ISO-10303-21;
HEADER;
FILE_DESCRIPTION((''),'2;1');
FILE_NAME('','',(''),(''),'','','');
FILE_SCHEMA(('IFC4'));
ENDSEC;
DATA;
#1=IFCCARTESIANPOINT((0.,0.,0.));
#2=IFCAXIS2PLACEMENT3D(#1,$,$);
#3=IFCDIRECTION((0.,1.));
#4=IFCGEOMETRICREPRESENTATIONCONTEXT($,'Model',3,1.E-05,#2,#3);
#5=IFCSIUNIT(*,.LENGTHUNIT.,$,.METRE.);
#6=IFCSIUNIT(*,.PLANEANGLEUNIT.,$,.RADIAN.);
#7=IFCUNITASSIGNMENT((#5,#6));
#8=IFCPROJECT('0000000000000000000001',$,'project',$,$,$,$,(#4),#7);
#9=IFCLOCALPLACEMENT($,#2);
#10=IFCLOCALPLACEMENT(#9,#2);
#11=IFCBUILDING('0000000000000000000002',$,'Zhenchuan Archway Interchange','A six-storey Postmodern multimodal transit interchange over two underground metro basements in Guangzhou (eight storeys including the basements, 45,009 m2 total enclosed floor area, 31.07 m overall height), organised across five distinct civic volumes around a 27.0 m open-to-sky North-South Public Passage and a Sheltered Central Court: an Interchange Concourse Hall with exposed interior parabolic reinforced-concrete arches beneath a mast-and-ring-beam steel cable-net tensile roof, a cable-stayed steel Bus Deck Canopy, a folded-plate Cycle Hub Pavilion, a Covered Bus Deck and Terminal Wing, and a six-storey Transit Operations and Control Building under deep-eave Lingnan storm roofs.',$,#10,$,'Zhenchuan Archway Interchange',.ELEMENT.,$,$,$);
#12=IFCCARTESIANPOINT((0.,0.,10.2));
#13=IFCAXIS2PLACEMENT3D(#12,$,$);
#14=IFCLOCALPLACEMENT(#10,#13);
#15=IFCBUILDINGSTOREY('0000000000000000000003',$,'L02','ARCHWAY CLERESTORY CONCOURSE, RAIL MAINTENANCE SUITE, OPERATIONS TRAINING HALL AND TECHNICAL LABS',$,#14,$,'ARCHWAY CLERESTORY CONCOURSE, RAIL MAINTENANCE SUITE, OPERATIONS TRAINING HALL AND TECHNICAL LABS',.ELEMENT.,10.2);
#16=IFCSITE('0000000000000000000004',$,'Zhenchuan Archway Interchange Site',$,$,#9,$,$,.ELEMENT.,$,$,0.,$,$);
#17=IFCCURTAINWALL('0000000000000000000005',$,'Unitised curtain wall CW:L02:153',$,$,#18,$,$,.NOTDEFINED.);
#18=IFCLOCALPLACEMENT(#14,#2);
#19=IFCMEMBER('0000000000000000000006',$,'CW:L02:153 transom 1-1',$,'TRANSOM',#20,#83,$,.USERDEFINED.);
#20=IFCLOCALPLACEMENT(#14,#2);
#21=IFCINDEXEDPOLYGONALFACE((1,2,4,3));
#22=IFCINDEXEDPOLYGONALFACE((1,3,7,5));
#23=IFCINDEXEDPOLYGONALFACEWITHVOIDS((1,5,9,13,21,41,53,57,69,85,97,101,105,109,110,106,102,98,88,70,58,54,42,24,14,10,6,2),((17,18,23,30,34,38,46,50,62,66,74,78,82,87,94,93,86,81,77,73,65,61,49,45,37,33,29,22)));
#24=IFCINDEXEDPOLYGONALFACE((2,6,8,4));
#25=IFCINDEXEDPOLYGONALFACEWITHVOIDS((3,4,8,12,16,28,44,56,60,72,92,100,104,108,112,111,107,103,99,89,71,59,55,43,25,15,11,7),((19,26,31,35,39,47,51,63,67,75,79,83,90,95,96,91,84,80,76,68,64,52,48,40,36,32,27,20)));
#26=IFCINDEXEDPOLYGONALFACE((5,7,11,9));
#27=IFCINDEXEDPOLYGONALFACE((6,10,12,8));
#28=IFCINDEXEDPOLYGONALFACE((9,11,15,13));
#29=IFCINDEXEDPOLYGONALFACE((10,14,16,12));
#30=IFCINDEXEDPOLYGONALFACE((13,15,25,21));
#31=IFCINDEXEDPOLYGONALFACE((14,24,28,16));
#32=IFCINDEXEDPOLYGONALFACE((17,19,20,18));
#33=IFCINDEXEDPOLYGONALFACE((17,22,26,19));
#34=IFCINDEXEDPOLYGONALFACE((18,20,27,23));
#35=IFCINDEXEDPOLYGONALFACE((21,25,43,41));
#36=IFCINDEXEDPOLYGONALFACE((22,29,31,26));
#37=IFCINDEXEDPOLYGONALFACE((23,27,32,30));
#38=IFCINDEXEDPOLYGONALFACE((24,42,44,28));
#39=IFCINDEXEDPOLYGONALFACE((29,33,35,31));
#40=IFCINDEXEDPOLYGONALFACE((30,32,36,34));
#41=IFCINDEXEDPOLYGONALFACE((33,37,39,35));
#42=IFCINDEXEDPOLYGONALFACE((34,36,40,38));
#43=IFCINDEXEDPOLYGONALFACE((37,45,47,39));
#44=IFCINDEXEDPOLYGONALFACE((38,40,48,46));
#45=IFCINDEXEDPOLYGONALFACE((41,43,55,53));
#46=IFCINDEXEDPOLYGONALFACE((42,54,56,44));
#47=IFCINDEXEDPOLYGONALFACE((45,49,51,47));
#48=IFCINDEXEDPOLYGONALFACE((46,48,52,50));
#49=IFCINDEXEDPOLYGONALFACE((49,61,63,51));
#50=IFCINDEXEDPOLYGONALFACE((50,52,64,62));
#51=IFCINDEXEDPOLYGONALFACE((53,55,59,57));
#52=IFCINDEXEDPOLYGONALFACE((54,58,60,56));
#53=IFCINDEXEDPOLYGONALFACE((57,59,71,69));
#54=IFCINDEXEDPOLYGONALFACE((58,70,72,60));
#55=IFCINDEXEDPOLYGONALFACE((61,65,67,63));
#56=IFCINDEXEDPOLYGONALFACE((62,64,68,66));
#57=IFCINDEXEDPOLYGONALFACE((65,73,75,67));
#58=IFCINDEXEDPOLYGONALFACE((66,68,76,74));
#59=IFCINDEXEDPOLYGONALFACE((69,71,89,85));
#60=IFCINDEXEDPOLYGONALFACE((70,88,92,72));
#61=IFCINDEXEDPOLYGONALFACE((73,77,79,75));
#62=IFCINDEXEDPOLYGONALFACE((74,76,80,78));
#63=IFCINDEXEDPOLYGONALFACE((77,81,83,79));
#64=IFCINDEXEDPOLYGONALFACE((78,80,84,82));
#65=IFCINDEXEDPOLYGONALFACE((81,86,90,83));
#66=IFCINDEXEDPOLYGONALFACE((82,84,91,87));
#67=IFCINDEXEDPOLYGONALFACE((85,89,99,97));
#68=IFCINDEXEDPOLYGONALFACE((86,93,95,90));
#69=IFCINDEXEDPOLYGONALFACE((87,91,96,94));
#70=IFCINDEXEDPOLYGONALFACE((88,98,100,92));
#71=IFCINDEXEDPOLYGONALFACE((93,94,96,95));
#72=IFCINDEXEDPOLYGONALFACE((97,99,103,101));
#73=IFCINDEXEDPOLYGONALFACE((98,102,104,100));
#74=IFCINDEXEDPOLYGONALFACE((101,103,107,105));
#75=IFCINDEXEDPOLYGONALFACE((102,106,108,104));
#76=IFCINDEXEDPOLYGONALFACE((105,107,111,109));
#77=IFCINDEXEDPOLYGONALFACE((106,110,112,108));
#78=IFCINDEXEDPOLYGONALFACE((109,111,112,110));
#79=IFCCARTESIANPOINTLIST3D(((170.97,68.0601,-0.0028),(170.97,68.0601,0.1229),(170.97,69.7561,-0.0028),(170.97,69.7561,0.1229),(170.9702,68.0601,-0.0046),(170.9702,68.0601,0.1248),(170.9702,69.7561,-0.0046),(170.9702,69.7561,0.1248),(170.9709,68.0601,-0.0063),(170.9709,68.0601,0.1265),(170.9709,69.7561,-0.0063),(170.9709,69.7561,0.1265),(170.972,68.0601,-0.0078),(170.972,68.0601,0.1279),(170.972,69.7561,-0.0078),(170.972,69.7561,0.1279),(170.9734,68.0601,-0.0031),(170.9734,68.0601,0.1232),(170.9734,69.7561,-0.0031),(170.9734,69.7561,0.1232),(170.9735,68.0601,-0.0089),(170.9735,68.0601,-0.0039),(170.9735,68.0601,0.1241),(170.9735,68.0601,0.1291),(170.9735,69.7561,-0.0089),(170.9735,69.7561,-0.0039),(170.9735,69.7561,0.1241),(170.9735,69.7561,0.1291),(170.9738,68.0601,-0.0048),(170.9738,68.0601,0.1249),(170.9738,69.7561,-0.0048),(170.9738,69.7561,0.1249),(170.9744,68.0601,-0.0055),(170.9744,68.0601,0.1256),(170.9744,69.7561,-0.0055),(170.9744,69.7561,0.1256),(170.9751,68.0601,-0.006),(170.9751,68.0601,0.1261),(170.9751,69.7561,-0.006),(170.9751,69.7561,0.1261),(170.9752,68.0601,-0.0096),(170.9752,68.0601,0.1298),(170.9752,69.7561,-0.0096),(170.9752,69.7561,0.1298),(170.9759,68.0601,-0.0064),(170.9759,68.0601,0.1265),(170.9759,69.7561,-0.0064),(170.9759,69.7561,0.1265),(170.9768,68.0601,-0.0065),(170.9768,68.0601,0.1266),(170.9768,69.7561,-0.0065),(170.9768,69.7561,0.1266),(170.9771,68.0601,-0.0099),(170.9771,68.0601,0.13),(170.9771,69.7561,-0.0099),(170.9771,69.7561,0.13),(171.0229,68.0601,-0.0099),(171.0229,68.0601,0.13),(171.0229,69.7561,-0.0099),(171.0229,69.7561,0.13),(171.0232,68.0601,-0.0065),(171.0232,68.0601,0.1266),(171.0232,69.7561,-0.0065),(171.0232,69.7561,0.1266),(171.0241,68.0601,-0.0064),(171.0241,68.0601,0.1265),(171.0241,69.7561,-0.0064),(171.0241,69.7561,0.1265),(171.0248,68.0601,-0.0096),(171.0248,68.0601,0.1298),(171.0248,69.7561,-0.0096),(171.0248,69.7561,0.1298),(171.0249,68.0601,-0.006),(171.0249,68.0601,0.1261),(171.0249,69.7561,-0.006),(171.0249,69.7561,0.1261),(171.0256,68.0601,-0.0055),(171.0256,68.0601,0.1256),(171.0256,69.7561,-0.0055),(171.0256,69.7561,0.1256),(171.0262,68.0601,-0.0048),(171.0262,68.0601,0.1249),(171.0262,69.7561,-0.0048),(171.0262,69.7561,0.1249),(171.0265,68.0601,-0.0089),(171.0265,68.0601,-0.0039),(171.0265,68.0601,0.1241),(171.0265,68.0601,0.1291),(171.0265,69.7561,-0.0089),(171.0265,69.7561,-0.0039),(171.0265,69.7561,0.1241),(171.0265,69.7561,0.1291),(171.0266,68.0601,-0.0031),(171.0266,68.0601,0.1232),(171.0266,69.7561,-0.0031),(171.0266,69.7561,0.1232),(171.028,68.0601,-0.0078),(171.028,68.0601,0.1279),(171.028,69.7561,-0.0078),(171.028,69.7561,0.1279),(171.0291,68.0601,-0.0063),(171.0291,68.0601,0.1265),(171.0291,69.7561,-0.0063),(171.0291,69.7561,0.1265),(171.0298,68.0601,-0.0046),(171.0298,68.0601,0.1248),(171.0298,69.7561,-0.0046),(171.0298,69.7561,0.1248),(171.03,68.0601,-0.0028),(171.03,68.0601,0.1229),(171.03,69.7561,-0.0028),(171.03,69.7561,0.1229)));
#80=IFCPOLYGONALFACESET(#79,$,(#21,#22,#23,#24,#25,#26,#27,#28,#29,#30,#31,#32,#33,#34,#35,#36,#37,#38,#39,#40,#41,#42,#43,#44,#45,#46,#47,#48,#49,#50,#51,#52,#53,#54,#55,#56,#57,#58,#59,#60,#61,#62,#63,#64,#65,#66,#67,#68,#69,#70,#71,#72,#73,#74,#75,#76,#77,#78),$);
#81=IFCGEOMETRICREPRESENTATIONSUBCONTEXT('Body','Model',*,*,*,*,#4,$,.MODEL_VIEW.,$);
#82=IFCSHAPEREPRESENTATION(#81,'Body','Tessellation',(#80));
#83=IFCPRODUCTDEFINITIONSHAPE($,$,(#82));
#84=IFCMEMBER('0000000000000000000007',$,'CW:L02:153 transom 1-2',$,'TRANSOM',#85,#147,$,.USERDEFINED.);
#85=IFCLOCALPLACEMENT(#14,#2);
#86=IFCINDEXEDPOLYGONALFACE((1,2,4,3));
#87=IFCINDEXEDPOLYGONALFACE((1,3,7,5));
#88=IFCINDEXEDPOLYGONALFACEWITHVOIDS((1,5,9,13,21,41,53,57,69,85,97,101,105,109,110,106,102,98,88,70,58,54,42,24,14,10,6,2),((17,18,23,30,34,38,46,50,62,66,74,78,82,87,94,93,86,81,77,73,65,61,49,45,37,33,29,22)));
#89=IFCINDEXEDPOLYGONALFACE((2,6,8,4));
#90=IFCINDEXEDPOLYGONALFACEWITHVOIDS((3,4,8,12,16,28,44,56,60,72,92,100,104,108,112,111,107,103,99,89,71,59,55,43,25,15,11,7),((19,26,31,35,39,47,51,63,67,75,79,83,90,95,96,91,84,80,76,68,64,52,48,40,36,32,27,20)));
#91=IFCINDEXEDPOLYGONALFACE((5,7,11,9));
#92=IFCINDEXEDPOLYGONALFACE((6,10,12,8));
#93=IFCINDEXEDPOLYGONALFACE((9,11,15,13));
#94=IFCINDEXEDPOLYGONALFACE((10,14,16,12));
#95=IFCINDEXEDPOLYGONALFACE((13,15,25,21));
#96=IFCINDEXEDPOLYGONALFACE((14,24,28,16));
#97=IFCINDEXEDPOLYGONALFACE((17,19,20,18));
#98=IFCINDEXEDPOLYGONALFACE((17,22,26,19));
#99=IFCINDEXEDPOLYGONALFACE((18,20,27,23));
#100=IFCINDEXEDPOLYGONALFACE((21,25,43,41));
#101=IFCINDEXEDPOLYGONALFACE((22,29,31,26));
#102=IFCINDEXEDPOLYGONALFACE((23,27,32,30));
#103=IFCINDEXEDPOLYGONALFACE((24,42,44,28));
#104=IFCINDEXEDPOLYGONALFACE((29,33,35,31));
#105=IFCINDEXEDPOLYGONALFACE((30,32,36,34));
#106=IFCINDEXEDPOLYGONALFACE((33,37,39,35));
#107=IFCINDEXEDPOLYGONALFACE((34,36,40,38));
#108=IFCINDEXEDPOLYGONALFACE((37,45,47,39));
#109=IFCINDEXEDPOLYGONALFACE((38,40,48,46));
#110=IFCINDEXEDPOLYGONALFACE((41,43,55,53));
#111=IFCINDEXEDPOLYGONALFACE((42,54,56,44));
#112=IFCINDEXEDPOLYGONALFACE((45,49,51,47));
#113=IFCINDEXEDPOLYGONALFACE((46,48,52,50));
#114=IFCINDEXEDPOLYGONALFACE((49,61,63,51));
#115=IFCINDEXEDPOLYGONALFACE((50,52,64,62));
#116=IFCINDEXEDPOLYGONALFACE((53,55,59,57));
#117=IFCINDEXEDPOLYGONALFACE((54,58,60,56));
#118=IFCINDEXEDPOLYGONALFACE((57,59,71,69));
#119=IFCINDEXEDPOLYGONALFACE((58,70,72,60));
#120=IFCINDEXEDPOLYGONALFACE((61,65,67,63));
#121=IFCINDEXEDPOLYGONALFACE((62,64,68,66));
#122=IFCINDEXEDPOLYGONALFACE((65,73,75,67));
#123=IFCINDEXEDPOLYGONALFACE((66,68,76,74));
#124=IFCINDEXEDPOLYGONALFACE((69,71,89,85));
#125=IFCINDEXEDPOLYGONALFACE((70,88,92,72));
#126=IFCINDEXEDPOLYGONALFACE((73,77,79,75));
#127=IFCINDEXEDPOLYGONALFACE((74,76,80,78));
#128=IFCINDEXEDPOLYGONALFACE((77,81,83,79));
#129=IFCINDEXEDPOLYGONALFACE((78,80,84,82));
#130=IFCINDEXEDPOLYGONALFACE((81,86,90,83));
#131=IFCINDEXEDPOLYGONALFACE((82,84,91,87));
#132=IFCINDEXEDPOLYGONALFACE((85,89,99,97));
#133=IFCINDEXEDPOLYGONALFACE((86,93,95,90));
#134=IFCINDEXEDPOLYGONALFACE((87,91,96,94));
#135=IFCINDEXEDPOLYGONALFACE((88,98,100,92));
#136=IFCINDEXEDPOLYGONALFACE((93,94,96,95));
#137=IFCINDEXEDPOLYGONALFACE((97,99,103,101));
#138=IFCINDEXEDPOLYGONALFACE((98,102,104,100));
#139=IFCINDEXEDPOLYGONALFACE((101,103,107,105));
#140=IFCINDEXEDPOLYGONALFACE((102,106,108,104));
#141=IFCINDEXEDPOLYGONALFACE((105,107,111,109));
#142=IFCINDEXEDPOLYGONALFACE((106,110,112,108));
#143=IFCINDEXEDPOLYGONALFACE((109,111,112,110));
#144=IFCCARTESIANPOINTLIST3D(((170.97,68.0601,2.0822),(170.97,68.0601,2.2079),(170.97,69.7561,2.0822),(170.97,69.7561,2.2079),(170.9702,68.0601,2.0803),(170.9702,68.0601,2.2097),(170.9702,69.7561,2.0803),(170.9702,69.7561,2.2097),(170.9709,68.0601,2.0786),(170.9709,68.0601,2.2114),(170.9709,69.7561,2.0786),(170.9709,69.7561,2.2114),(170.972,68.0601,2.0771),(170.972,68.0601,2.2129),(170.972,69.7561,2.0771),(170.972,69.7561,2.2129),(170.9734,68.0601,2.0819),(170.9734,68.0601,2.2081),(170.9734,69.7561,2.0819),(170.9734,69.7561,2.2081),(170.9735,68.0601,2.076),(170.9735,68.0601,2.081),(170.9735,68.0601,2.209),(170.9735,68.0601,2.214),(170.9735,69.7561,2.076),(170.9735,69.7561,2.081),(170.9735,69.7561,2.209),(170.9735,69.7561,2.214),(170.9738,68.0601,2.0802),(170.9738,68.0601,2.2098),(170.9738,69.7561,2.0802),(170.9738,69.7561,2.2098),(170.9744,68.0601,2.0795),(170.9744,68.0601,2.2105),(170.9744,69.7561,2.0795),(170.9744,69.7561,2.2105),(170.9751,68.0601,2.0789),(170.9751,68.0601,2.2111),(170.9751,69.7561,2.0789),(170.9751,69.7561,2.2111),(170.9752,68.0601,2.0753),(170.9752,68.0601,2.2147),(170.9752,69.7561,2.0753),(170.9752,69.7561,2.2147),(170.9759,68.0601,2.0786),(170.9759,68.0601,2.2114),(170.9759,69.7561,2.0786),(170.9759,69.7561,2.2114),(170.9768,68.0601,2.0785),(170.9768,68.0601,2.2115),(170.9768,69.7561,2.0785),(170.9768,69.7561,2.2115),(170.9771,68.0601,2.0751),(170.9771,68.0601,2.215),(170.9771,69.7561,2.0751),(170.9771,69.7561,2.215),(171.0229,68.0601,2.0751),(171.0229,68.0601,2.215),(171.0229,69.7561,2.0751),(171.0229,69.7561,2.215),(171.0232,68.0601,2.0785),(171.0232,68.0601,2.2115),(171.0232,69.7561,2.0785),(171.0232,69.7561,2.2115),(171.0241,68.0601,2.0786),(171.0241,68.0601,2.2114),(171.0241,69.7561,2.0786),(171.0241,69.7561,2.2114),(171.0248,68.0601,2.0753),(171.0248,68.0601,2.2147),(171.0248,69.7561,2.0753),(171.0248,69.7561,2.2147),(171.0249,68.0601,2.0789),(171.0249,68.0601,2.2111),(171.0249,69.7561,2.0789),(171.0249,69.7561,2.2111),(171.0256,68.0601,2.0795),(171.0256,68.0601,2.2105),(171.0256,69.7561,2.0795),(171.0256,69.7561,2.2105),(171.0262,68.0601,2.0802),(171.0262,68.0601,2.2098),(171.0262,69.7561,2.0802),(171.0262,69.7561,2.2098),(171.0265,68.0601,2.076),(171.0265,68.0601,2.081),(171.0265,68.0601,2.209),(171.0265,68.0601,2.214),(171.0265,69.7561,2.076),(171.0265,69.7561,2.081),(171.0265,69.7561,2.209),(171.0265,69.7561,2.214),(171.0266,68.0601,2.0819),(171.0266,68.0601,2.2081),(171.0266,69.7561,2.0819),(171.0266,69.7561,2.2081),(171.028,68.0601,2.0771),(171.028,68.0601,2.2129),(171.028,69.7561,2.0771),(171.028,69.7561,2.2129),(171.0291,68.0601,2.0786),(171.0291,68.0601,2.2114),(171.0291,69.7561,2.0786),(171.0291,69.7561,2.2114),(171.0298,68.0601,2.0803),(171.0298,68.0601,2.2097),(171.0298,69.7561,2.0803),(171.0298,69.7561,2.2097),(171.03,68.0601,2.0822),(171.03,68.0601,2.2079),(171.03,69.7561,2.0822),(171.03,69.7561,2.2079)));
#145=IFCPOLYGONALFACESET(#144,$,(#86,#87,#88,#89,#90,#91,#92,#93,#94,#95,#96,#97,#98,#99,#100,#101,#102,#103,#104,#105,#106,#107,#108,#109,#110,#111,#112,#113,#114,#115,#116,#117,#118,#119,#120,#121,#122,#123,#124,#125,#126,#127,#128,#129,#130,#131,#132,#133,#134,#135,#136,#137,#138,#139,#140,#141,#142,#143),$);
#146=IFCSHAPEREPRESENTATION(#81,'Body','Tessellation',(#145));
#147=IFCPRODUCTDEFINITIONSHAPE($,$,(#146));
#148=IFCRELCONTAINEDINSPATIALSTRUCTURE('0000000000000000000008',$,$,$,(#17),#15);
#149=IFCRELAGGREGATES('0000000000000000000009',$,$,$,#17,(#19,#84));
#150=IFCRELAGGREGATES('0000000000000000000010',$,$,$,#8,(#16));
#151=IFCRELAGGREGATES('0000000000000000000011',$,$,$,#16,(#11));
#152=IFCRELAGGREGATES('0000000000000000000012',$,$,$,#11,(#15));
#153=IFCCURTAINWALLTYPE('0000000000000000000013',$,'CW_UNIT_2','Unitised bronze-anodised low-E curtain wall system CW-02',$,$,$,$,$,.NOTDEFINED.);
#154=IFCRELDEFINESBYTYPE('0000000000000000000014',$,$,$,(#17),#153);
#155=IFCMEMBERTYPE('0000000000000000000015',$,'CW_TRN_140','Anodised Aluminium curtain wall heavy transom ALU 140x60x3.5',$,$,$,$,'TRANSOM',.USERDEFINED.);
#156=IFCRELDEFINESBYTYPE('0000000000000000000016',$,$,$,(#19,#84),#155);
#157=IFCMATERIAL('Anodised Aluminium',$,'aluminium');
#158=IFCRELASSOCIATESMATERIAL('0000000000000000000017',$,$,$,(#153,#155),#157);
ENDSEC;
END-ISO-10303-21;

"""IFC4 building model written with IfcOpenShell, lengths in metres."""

from ifc_helpers import new_model, si_unit, direction, frame, origin, origin_2d, place, context, subcontext, project, spatial, hollow_rectangle, extrude, material, material_profile, profile_set, type_object, element, aggregate, save


model = new_model("IFC4")

# Units and contexts
model_context = context("Model", 3, precision=1e-05, world=origin(), true_north=direction((0.0, 1.0)))
body_context = subcontext(model_context, "Body", "Model", "MODEL_VIEW")
ifc_project = project(units=[si_unit("LENGTHUNIT", "METRE"), si_unit("PLANEANGLEUNIT", "RADIAN")], contexts=[model_context])

# Site, building, storey
site_placement = place(None, origin())
site = spatial("IfcSite", under=ifc_project, at=site_placement, Name="Zhenchuan Archway Interchange Site", CompositionType="ELEMENT", RefElevation=0.0)
building_placement = place(site_placement, origin())
building = spatial("IfcBuilding", under=site, at=building_placement, Name="Zhenchuan Archway Interchange", Description="A six-storey Postmodern multimodal transit interchange over two underground metro basements in Guangzhou (eight storeys including the basements, 45,009 m2 total enclosed floor area, 31.07 m overall height), organised across five distinct civic volumes around a 27.0 m open-to-sky North-South Public Passage and a Sheltered Central Court: an Interchange Concourse Hall with exposed interior parabolic reinforced-concrete arches beneath a mast-and-ring-beam steel cable-net tensile roof, a cable-stayed steel Bus Deck Canopy, a folded-plate Cycle Hub Pavilion, a Covered Bus Deck and Terminal Wing, and a six-storey Transit Operations and Control Building under deep-eave Lingnan storm roofs.", LongName="Zhenchuan Archway Interchange", CompositionType="ELEMENT")
storey_placement = place(building_placement, frame((0.0, 0.0, 10.2)))
storey = spatial("IfcBuildingStorey", under=building, at=storey_placement, Name="L02", Description="ARCHWAY CLERESTORY CONCOURSE, RAIL MAINTENANCE SUITE, OPERATIONS TRAINING HALL AND TECHNICAL LABS", LongName="ARCHWAY CLERESTORY CONCOURSE, RAIL MAINTENANCE SUITE, OPERATIONS TRAINING HALL AND TECHNICAL LABS", CompositionType="ELEMENT", Elevation=10.2)

# Curtain wall, members
ifc_material_1 = material(Name="Anodised Aluminium", Category="aluminium")
curtain_wall_type = type_object("IfcCurtainWallType", Name="CW_UNIT_2", Description="Unitised bronze-anodised low-E curtain wall system CW-02", PredefinedType="NOTDEFINED", material=ifc_material_1)
curtain_wall_placement = place(storey_placement, origin())
curtain_wall = element("IfcCurtainWall", 1, at=curtain_wall_placement, inside=storey, type_object=curtain_wall_type, Name="Unitised curtain wall CW:L02:153", PredefinedType="NOTDEFINED")
ifc_material_profile_1 = material_profile(ifc_material_1, hollow_rectangle(XDim=0.0601, YDim=0.1399, WallThickness=0.0034, InnerFilletRadius=0.0034, OuterFilletRadius=0.0071, at=origin_2d()), Name="ALU 140x60x3.5")
ifc_profile_set_1 = profile_set([ifc_material_profile_1], Name="Anodised Aluminium")
member_type_1 = type_object("IfcMemberType", Name="CW_TRN_140", Description="Anodised Aluminium curtain wall heavy transom ALU 140x60x3.5", ElementType="TRANSOM", PredefinedType="USERDEFINED", material=ifc_profile_set_1)
member_1_placement = place(storey_placement, frame((171.0, 69.7561, 0.0601), z_axis=(0.0, -1.0, 0.0), x_axis=(1.0, 0.0, 0.0)))
member_1 = element("IfcMember", 2, at=member_1_placement, type_object=member_type_1, Name="CW:L02:153 transom 1-1", ObjectType="TRANSOM", PredefinedType="USERDEFINED", context=body_context, shape_type="SweptSolid", body=[
    extrude(hollow_rectangle(XDim=0.0601, YDim=0.1399, WallThickness=0.0034, InnerFilletRadius=0.0034, OuterFilletRadius=0.0071, at=origin_2d()), origin(), (0.0, 0.0, 1.0), 1.696),
])
member_2_placement = place(storey_placement, frame((171.0, 69.7561, 2.145), z_axis=(0.0, -1.0, 0.0), x_axis=(1.0, 0.0, 0.0)))
member_2 = element("IfcMember", 3, at=member_2_placement, type_object=member_type_1, Name="CW:L02:153 transom 1-2", ObjectType="TRANSOM", PredefinedType="USERDEFINED", context=body_context, shape_type="SweptSolid", body=[
    extrude(hollow_rectangle(XDim=0.0601, YDim=0.1399, WallThickness=0.0034, InnerFilletRadius=0.0034, OuterFilletRadius=0.0071, at=origin_2d()), origin(), (0.0, 0.0, 1.0), 1.696),
])

aggregate(curtain_wall, [member_1, member_2])

save(model, "model.ifc")
